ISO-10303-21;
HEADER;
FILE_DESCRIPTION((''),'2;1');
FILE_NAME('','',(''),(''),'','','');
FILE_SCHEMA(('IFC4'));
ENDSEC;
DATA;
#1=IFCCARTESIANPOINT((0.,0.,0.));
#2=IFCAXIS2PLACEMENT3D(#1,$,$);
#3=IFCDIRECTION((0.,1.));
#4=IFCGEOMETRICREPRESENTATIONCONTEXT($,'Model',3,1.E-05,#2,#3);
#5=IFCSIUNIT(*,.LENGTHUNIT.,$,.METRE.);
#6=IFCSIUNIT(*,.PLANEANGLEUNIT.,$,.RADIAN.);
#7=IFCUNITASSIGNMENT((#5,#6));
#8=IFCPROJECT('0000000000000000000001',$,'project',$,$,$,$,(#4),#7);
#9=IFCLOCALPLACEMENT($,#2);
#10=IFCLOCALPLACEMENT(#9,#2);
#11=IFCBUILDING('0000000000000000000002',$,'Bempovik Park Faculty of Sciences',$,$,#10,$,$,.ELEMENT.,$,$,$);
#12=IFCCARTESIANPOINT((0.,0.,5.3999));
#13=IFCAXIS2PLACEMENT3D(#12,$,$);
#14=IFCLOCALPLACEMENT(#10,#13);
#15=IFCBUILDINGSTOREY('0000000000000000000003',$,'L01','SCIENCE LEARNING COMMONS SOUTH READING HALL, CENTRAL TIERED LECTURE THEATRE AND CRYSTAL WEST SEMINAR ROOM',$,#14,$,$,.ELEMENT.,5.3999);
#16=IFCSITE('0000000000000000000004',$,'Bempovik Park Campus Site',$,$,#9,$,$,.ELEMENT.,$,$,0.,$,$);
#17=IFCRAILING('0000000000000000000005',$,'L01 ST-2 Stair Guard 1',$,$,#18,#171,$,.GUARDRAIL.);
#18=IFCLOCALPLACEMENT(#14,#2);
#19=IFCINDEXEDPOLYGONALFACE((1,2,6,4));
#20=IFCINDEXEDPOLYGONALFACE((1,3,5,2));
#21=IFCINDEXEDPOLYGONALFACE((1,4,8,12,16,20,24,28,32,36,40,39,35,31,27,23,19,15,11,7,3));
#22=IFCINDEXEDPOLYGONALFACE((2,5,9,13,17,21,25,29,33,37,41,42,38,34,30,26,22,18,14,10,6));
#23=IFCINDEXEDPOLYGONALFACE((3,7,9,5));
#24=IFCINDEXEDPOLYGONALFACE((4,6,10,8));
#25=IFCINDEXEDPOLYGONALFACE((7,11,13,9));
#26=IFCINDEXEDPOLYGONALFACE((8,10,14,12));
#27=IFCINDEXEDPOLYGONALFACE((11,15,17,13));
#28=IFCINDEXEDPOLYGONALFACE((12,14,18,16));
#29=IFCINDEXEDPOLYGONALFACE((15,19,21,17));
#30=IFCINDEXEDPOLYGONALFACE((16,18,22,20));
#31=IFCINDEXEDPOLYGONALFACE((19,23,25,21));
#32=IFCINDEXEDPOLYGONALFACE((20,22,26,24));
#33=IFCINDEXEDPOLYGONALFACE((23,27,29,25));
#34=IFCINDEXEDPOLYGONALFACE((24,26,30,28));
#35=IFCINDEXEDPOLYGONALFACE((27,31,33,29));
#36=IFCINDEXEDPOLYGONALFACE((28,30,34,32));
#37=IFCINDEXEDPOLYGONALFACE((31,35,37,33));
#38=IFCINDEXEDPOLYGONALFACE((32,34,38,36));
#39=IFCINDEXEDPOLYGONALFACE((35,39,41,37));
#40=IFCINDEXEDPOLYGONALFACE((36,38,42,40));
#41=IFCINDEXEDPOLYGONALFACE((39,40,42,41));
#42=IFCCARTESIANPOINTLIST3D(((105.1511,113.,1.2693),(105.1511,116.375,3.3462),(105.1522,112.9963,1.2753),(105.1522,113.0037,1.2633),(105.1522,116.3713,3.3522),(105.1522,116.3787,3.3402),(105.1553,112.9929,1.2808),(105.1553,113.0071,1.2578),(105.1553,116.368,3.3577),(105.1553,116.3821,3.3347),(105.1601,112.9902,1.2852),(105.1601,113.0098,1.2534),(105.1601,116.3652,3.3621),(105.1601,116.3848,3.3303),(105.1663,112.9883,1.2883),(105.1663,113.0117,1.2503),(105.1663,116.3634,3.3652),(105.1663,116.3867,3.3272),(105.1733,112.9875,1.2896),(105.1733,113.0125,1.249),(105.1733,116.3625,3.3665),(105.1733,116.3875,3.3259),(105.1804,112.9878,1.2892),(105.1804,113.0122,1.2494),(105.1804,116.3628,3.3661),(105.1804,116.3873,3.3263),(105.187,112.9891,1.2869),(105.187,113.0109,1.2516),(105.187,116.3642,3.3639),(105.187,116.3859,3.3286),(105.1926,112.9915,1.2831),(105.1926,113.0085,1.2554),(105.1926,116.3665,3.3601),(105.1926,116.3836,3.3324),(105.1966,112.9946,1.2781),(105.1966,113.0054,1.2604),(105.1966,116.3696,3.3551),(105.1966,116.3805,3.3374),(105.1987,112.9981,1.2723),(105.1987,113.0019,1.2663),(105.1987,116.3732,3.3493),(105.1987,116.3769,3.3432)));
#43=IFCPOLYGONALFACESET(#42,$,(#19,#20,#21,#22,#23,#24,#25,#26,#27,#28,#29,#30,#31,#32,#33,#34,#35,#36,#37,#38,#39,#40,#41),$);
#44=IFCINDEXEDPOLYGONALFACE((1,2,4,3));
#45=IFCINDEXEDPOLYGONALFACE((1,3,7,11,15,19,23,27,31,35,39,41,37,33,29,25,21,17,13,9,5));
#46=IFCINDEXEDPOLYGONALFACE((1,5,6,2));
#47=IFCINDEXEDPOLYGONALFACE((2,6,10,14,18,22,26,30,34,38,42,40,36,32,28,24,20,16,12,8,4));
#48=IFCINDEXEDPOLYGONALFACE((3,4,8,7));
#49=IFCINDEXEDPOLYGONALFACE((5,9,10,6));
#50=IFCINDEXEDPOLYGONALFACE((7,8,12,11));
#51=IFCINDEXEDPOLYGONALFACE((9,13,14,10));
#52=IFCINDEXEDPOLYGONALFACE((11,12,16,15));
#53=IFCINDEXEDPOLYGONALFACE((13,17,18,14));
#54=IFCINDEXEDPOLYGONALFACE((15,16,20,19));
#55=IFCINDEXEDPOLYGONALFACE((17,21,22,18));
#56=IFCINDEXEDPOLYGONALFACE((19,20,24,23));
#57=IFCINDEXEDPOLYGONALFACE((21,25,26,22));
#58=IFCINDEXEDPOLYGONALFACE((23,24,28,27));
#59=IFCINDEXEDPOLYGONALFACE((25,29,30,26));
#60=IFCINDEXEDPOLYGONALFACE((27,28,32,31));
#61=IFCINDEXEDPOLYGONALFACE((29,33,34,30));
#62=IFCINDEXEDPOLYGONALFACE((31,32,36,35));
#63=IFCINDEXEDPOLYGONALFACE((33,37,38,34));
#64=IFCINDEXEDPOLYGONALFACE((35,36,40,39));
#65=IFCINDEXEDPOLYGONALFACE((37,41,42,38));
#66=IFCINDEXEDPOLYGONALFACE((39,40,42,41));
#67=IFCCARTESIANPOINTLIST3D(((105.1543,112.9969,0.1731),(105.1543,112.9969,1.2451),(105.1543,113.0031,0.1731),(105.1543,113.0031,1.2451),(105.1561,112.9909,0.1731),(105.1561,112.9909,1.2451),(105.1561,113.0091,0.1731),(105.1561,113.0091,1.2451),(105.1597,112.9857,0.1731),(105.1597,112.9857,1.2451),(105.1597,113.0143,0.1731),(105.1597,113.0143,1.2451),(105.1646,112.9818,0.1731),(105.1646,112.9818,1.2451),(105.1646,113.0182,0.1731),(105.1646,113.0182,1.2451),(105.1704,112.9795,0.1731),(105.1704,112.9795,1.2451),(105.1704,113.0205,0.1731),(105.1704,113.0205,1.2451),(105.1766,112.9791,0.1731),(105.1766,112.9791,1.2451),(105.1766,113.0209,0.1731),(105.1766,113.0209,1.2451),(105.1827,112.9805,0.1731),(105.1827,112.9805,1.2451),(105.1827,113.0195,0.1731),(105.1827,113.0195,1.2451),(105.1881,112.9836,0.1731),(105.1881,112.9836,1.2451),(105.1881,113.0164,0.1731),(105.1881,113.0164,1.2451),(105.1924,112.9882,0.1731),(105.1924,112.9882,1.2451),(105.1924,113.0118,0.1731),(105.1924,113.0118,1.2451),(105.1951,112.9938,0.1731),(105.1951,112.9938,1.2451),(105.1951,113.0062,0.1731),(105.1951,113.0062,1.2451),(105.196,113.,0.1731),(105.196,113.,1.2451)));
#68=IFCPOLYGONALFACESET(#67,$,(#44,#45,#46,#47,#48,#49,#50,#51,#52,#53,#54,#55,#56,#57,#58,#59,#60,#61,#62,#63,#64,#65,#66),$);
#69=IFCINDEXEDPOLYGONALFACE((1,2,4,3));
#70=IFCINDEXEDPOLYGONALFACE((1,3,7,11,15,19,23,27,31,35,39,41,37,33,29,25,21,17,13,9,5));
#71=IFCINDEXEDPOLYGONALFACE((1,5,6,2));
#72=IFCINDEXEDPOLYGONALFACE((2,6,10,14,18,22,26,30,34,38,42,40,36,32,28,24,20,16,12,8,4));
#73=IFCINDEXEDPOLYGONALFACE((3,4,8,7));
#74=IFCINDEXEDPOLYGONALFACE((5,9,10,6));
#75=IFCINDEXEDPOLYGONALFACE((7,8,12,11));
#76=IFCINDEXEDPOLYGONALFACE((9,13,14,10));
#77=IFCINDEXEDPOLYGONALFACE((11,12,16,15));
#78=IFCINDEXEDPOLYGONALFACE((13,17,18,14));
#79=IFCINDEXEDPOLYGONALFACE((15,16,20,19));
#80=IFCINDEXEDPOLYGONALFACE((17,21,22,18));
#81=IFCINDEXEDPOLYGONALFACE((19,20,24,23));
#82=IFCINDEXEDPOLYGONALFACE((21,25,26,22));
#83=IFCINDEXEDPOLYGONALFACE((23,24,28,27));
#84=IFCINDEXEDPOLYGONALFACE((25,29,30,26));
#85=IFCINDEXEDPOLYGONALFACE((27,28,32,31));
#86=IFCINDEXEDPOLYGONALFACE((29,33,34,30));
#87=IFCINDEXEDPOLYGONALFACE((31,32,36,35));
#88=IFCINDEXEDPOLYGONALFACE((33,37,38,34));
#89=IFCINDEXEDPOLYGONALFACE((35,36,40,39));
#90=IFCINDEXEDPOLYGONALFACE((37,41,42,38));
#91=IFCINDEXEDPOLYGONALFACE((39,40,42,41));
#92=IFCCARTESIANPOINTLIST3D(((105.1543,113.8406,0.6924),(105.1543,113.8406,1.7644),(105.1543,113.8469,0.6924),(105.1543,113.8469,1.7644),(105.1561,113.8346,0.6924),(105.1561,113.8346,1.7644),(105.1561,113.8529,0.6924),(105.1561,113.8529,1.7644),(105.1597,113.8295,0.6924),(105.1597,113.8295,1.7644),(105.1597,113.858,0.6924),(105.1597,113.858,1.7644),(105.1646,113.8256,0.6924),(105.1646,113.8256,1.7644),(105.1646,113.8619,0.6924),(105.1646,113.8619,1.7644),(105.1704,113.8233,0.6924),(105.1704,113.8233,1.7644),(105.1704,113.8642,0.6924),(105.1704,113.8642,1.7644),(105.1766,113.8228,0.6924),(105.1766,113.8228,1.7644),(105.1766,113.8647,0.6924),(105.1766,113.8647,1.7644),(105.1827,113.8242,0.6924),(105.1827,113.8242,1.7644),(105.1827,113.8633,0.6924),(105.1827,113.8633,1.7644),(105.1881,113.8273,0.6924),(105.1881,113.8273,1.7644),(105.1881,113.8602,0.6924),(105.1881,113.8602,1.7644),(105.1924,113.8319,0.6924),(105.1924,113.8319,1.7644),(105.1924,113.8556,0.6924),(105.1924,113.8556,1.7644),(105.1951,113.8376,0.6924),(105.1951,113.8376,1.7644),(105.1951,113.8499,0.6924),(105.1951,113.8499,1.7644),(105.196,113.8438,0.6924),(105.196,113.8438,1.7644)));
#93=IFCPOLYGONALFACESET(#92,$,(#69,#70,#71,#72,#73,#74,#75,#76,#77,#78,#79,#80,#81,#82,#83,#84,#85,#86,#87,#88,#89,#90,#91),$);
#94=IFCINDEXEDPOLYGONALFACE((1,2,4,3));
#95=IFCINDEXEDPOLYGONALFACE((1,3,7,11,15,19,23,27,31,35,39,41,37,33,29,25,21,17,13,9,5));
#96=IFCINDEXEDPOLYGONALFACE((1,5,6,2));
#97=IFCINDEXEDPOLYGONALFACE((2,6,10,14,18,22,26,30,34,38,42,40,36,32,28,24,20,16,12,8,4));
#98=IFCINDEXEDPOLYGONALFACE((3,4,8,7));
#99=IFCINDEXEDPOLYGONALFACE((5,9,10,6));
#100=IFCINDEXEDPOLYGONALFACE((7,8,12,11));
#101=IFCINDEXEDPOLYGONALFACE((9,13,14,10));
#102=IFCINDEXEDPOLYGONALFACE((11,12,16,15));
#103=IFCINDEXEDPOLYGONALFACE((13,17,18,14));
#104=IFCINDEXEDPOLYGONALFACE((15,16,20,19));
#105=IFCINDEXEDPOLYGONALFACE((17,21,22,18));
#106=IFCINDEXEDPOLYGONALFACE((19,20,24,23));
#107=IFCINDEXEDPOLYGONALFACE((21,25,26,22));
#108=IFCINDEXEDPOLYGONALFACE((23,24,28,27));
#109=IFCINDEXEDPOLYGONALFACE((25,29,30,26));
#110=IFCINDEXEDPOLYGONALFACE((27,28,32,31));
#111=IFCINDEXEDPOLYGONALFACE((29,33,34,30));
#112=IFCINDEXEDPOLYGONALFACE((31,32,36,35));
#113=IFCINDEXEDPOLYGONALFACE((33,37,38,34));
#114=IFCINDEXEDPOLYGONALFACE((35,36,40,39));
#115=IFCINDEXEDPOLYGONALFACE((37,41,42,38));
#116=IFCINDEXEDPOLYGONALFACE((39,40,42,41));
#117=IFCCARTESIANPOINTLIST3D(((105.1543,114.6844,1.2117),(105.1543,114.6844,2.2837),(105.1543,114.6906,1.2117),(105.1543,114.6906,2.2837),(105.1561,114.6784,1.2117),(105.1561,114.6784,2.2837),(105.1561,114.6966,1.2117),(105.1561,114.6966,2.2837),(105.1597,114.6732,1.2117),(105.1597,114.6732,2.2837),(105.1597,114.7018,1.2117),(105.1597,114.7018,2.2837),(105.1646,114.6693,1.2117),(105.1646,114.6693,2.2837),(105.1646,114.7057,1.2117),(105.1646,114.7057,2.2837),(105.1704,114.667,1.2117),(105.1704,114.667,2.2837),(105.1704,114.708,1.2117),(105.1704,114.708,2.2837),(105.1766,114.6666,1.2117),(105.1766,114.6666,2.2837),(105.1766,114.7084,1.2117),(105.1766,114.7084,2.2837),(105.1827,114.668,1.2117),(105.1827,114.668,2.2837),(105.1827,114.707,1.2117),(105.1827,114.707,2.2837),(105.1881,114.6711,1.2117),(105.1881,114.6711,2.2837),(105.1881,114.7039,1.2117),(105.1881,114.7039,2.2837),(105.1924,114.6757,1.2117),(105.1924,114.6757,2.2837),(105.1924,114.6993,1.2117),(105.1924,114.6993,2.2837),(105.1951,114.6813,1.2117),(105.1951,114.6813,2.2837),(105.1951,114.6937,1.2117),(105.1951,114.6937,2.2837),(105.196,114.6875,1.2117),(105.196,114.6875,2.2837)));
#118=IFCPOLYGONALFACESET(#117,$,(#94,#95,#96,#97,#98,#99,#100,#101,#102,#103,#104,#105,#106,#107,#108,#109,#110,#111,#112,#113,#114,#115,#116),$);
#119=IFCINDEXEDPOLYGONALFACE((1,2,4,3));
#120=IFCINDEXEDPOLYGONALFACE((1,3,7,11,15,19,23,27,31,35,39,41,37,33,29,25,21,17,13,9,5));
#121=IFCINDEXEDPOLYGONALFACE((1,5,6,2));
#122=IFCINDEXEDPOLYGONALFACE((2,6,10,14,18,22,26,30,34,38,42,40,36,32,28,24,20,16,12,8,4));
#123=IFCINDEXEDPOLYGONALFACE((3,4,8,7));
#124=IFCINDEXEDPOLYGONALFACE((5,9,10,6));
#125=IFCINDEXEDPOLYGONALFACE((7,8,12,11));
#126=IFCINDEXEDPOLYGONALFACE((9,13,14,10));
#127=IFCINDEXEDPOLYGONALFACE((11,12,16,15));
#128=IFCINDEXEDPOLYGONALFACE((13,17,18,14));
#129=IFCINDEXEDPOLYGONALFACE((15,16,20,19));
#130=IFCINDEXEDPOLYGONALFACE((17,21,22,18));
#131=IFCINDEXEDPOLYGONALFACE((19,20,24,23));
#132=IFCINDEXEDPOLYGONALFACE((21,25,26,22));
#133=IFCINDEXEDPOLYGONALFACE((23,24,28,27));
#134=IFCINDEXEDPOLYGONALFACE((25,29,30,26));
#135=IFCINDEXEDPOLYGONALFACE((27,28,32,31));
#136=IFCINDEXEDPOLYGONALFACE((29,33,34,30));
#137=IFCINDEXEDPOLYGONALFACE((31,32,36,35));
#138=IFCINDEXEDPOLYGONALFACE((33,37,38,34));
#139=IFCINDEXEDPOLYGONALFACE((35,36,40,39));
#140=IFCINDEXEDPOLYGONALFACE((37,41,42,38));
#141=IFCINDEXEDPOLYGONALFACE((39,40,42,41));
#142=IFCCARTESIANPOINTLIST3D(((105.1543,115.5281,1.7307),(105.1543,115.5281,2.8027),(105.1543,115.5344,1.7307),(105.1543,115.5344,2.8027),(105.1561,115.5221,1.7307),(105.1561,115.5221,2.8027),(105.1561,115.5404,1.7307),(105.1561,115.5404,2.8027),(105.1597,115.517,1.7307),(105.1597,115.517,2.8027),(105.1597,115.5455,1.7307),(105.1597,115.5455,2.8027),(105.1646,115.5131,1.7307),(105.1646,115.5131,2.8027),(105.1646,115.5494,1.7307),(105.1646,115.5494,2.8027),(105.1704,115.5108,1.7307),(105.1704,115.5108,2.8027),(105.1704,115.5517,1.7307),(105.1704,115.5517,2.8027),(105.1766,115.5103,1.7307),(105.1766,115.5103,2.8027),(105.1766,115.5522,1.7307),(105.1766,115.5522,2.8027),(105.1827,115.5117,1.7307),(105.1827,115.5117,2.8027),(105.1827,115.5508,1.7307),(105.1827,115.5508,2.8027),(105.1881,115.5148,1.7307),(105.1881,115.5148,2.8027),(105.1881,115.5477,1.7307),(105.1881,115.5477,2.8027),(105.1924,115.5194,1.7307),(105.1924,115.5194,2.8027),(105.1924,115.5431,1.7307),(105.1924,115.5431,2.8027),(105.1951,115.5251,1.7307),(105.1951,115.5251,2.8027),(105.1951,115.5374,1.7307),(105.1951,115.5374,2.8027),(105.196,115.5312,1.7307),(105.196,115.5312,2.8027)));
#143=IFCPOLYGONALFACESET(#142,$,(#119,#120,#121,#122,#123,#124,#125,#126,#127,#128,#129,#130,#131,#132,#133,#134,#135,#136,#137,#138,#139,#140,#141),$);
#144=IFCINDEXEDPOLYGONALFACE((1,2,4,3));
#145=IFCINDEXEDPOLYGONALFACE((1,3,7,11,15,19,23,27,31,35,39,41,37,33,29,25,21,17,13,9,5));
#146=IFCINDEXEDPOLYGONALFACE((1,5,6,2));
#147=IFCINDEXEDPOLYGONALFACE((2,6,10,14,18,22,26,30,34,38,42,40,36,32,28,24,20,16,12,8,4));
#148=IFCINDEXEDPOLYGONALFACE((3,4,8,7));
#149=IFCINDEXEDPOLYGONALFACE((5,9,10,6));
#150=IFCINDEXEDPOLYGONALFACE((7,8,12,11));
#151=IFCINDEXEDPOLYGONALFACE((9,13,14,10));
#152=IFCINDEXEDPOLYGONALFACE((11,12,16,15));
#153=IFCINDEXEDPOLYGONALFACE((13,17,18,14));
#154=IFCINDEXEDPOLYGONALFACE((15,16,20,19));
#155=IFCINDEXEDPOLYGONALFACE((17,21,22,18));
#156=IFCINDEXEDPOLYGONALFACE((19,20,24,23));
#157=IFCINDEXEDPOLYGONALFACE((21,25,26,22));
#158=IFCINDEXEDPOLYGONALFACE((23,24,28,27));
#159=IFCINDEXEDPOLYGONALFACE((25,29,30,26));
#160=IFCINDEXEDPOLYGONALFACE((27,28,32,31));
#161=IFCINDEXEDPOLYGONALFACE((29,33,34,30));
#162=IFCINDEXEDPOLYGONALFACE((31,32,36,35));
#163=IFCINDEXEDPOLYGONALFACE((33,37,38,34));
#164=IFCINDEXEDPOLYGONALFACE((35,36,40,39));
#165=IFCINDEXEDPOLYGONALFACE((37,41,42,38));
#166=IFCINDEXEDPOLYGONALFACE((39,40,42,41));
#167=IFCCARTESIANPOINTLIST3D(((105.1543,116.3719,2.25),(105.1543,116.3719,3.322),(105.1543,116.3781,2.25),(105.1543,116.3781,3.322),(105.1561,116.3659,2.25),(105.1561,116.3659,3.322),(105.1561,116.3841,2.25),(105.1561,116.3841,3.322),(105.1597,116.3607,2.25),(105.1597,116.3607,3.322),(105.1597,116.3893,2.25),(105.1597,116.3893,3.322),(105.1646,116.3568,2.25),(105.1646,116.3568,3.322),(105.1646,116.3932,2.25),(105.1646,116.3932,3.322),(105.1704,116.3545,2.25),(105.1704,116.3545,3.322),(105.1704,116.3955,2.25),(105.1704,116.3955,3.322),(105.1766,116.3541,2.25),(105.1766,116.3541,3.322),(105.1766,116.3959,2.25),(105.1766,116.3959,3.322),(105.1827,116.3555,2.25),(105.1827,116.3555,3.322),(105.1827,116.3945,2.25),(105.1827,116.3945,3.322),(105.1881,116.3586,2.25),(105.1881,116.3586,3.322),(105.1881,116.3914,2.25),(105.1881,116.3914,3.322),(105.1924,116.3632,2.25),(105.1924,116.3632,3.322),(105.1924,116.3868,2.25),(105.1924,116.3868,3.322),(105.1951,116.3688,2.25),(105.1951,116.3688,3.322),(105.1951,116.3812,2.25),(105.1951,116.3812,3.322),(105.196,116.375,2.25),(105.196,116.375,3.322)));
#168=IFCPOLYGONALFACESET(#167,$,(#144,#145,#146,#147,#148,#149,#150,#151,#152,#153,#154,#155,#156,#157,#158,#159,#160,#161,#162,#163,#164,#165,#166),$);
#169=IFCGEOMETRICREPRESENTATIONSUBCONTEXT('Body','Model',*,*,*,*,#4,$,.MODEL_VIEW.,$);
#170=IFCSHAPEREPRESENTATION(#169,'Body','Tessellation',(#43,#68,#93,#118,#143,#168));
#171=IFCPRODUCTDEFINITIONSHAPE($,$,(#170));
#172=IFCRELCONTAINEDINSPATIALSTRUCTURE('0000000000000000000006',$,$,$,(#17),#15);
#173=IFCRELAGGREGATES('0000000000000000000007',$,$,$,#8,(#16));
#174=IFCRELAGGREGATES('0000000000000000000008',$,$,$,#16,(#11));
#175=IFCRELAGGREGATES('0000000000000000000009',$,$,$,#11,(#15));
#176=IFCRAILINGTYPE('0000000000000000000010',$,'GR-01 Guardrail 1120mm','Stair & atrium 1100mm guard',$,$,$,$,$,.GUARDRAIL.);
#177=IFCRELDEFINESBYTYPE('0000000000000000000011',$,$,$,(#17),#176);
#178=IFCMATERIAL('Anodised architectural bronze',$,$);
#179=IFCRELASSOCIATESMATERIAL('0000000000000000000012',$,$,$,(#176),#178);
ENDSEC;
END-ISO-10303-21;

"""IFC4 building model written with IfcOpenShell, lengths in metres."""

from ifc_helpers import new_model, si_unit, direction, frame, origin, origin_2d, place, context, subcontext, project, spatial, circle, extrude, material, type_object, element, save


model = new_model("IFC4")

# Units and contexts
model_context = context("Model", 3, precision=1e-05, world=origin(), true_north=direction((0.0, 1.0)))
body_context = subcontext(model_context, "Body", "Model", "MODEL_VIEW")
ifc_project = project(units=[si_unit("LENGTHUNIT", "METRE"), si_unit("PLANEANGLEUNIT", "RADIAN")], contexts=[model_context])

# Site, building, storey
site_placement = place(None, origin())
site = spatial("IfcSite", under=ifc_project, at=site_placement, Name="Bempovik Park Campus Site", CompositionType="ELEMENT", RefElevation=0.0)
building_placement = place(site_placement, origin())
building = spatial("IfcBuilding", under=site, at=building_placement, Name="Bempovik Park Faculty of Sciences", CompositionType="ELEMENT")
storey_placement = place(building_placement, frame((0.0, 0.0, 5.3999)))
storey = spatial("IfcBuildingStorey", under=building, at=storey_placement, Name="L01", Description="SCIENCE LEARNING COMMONS SOUTH READING HALL, CENTRAL TIERED LECTURE THEATRE AND CRYSTAL WEST SEMINAR ROOM", CompositionType="ELEMENT", Elevation=5.3999)

# Railing
ifc_material_1 = material(Name="Anodised architectural bronze")
railing_type_1 = type_object("IfcRailingType", Name="GR-01 Guardrail 1120mm", Description="Stair & atrium 1100mm guard", PredefinedType="GUARDRAIL", material=ifc_material_1)
railing_1_placement = place(storey_placement, frame((105.175, 113.0, 0.1731)))
element("IfcRailing", 1, at=railing_1_placement, inside=storey, type_object=railing_type_1, Name="L01 ST-2 Stair Guard 1", PredefinedType="GUARDRAIL", context=body_context, shape_type="SweptSolid", body=[
    extrude(circle(Radius=0.0239, at=origin_2d()), frame((0.0, 0.0, 1.0962), z_axis=(0.0, 0.85166, 0.524094), x_axis=(-1.0, 0.0, 0.0)), (0.0, 0.0, 1.0), 3.9629),
    extrude(circle(Radius=0.021, at=origin_2d()), origin(), (0.0, 0.0, 1.0), 1.072),
    extrude(circle(Radius=0.021, at=origin_2d()), frame((0.0, 0.8438, 0.5193)), (0.0, 0.0, 1.0), 1.072),
    extrude(circle(Radius=0.021, at=origin_2d()), frame((0.0, 1.6875, 1.0386)), (0.0, 0.0, 1.0), 1.072),
    extrude(circle(Radius=0.021, at=origin_2d()), frame((0.0, 2.5312, 1.5576)), (0.0, 0.0, 1.0), 1.072),
    extrude(circle(Radius=0.021, at=origin_2d()), frame((0.0, 3.375, 2.0769)), (0.0, 0.0, 1.0), 1.072),
])

save(model, "model.ifc")
